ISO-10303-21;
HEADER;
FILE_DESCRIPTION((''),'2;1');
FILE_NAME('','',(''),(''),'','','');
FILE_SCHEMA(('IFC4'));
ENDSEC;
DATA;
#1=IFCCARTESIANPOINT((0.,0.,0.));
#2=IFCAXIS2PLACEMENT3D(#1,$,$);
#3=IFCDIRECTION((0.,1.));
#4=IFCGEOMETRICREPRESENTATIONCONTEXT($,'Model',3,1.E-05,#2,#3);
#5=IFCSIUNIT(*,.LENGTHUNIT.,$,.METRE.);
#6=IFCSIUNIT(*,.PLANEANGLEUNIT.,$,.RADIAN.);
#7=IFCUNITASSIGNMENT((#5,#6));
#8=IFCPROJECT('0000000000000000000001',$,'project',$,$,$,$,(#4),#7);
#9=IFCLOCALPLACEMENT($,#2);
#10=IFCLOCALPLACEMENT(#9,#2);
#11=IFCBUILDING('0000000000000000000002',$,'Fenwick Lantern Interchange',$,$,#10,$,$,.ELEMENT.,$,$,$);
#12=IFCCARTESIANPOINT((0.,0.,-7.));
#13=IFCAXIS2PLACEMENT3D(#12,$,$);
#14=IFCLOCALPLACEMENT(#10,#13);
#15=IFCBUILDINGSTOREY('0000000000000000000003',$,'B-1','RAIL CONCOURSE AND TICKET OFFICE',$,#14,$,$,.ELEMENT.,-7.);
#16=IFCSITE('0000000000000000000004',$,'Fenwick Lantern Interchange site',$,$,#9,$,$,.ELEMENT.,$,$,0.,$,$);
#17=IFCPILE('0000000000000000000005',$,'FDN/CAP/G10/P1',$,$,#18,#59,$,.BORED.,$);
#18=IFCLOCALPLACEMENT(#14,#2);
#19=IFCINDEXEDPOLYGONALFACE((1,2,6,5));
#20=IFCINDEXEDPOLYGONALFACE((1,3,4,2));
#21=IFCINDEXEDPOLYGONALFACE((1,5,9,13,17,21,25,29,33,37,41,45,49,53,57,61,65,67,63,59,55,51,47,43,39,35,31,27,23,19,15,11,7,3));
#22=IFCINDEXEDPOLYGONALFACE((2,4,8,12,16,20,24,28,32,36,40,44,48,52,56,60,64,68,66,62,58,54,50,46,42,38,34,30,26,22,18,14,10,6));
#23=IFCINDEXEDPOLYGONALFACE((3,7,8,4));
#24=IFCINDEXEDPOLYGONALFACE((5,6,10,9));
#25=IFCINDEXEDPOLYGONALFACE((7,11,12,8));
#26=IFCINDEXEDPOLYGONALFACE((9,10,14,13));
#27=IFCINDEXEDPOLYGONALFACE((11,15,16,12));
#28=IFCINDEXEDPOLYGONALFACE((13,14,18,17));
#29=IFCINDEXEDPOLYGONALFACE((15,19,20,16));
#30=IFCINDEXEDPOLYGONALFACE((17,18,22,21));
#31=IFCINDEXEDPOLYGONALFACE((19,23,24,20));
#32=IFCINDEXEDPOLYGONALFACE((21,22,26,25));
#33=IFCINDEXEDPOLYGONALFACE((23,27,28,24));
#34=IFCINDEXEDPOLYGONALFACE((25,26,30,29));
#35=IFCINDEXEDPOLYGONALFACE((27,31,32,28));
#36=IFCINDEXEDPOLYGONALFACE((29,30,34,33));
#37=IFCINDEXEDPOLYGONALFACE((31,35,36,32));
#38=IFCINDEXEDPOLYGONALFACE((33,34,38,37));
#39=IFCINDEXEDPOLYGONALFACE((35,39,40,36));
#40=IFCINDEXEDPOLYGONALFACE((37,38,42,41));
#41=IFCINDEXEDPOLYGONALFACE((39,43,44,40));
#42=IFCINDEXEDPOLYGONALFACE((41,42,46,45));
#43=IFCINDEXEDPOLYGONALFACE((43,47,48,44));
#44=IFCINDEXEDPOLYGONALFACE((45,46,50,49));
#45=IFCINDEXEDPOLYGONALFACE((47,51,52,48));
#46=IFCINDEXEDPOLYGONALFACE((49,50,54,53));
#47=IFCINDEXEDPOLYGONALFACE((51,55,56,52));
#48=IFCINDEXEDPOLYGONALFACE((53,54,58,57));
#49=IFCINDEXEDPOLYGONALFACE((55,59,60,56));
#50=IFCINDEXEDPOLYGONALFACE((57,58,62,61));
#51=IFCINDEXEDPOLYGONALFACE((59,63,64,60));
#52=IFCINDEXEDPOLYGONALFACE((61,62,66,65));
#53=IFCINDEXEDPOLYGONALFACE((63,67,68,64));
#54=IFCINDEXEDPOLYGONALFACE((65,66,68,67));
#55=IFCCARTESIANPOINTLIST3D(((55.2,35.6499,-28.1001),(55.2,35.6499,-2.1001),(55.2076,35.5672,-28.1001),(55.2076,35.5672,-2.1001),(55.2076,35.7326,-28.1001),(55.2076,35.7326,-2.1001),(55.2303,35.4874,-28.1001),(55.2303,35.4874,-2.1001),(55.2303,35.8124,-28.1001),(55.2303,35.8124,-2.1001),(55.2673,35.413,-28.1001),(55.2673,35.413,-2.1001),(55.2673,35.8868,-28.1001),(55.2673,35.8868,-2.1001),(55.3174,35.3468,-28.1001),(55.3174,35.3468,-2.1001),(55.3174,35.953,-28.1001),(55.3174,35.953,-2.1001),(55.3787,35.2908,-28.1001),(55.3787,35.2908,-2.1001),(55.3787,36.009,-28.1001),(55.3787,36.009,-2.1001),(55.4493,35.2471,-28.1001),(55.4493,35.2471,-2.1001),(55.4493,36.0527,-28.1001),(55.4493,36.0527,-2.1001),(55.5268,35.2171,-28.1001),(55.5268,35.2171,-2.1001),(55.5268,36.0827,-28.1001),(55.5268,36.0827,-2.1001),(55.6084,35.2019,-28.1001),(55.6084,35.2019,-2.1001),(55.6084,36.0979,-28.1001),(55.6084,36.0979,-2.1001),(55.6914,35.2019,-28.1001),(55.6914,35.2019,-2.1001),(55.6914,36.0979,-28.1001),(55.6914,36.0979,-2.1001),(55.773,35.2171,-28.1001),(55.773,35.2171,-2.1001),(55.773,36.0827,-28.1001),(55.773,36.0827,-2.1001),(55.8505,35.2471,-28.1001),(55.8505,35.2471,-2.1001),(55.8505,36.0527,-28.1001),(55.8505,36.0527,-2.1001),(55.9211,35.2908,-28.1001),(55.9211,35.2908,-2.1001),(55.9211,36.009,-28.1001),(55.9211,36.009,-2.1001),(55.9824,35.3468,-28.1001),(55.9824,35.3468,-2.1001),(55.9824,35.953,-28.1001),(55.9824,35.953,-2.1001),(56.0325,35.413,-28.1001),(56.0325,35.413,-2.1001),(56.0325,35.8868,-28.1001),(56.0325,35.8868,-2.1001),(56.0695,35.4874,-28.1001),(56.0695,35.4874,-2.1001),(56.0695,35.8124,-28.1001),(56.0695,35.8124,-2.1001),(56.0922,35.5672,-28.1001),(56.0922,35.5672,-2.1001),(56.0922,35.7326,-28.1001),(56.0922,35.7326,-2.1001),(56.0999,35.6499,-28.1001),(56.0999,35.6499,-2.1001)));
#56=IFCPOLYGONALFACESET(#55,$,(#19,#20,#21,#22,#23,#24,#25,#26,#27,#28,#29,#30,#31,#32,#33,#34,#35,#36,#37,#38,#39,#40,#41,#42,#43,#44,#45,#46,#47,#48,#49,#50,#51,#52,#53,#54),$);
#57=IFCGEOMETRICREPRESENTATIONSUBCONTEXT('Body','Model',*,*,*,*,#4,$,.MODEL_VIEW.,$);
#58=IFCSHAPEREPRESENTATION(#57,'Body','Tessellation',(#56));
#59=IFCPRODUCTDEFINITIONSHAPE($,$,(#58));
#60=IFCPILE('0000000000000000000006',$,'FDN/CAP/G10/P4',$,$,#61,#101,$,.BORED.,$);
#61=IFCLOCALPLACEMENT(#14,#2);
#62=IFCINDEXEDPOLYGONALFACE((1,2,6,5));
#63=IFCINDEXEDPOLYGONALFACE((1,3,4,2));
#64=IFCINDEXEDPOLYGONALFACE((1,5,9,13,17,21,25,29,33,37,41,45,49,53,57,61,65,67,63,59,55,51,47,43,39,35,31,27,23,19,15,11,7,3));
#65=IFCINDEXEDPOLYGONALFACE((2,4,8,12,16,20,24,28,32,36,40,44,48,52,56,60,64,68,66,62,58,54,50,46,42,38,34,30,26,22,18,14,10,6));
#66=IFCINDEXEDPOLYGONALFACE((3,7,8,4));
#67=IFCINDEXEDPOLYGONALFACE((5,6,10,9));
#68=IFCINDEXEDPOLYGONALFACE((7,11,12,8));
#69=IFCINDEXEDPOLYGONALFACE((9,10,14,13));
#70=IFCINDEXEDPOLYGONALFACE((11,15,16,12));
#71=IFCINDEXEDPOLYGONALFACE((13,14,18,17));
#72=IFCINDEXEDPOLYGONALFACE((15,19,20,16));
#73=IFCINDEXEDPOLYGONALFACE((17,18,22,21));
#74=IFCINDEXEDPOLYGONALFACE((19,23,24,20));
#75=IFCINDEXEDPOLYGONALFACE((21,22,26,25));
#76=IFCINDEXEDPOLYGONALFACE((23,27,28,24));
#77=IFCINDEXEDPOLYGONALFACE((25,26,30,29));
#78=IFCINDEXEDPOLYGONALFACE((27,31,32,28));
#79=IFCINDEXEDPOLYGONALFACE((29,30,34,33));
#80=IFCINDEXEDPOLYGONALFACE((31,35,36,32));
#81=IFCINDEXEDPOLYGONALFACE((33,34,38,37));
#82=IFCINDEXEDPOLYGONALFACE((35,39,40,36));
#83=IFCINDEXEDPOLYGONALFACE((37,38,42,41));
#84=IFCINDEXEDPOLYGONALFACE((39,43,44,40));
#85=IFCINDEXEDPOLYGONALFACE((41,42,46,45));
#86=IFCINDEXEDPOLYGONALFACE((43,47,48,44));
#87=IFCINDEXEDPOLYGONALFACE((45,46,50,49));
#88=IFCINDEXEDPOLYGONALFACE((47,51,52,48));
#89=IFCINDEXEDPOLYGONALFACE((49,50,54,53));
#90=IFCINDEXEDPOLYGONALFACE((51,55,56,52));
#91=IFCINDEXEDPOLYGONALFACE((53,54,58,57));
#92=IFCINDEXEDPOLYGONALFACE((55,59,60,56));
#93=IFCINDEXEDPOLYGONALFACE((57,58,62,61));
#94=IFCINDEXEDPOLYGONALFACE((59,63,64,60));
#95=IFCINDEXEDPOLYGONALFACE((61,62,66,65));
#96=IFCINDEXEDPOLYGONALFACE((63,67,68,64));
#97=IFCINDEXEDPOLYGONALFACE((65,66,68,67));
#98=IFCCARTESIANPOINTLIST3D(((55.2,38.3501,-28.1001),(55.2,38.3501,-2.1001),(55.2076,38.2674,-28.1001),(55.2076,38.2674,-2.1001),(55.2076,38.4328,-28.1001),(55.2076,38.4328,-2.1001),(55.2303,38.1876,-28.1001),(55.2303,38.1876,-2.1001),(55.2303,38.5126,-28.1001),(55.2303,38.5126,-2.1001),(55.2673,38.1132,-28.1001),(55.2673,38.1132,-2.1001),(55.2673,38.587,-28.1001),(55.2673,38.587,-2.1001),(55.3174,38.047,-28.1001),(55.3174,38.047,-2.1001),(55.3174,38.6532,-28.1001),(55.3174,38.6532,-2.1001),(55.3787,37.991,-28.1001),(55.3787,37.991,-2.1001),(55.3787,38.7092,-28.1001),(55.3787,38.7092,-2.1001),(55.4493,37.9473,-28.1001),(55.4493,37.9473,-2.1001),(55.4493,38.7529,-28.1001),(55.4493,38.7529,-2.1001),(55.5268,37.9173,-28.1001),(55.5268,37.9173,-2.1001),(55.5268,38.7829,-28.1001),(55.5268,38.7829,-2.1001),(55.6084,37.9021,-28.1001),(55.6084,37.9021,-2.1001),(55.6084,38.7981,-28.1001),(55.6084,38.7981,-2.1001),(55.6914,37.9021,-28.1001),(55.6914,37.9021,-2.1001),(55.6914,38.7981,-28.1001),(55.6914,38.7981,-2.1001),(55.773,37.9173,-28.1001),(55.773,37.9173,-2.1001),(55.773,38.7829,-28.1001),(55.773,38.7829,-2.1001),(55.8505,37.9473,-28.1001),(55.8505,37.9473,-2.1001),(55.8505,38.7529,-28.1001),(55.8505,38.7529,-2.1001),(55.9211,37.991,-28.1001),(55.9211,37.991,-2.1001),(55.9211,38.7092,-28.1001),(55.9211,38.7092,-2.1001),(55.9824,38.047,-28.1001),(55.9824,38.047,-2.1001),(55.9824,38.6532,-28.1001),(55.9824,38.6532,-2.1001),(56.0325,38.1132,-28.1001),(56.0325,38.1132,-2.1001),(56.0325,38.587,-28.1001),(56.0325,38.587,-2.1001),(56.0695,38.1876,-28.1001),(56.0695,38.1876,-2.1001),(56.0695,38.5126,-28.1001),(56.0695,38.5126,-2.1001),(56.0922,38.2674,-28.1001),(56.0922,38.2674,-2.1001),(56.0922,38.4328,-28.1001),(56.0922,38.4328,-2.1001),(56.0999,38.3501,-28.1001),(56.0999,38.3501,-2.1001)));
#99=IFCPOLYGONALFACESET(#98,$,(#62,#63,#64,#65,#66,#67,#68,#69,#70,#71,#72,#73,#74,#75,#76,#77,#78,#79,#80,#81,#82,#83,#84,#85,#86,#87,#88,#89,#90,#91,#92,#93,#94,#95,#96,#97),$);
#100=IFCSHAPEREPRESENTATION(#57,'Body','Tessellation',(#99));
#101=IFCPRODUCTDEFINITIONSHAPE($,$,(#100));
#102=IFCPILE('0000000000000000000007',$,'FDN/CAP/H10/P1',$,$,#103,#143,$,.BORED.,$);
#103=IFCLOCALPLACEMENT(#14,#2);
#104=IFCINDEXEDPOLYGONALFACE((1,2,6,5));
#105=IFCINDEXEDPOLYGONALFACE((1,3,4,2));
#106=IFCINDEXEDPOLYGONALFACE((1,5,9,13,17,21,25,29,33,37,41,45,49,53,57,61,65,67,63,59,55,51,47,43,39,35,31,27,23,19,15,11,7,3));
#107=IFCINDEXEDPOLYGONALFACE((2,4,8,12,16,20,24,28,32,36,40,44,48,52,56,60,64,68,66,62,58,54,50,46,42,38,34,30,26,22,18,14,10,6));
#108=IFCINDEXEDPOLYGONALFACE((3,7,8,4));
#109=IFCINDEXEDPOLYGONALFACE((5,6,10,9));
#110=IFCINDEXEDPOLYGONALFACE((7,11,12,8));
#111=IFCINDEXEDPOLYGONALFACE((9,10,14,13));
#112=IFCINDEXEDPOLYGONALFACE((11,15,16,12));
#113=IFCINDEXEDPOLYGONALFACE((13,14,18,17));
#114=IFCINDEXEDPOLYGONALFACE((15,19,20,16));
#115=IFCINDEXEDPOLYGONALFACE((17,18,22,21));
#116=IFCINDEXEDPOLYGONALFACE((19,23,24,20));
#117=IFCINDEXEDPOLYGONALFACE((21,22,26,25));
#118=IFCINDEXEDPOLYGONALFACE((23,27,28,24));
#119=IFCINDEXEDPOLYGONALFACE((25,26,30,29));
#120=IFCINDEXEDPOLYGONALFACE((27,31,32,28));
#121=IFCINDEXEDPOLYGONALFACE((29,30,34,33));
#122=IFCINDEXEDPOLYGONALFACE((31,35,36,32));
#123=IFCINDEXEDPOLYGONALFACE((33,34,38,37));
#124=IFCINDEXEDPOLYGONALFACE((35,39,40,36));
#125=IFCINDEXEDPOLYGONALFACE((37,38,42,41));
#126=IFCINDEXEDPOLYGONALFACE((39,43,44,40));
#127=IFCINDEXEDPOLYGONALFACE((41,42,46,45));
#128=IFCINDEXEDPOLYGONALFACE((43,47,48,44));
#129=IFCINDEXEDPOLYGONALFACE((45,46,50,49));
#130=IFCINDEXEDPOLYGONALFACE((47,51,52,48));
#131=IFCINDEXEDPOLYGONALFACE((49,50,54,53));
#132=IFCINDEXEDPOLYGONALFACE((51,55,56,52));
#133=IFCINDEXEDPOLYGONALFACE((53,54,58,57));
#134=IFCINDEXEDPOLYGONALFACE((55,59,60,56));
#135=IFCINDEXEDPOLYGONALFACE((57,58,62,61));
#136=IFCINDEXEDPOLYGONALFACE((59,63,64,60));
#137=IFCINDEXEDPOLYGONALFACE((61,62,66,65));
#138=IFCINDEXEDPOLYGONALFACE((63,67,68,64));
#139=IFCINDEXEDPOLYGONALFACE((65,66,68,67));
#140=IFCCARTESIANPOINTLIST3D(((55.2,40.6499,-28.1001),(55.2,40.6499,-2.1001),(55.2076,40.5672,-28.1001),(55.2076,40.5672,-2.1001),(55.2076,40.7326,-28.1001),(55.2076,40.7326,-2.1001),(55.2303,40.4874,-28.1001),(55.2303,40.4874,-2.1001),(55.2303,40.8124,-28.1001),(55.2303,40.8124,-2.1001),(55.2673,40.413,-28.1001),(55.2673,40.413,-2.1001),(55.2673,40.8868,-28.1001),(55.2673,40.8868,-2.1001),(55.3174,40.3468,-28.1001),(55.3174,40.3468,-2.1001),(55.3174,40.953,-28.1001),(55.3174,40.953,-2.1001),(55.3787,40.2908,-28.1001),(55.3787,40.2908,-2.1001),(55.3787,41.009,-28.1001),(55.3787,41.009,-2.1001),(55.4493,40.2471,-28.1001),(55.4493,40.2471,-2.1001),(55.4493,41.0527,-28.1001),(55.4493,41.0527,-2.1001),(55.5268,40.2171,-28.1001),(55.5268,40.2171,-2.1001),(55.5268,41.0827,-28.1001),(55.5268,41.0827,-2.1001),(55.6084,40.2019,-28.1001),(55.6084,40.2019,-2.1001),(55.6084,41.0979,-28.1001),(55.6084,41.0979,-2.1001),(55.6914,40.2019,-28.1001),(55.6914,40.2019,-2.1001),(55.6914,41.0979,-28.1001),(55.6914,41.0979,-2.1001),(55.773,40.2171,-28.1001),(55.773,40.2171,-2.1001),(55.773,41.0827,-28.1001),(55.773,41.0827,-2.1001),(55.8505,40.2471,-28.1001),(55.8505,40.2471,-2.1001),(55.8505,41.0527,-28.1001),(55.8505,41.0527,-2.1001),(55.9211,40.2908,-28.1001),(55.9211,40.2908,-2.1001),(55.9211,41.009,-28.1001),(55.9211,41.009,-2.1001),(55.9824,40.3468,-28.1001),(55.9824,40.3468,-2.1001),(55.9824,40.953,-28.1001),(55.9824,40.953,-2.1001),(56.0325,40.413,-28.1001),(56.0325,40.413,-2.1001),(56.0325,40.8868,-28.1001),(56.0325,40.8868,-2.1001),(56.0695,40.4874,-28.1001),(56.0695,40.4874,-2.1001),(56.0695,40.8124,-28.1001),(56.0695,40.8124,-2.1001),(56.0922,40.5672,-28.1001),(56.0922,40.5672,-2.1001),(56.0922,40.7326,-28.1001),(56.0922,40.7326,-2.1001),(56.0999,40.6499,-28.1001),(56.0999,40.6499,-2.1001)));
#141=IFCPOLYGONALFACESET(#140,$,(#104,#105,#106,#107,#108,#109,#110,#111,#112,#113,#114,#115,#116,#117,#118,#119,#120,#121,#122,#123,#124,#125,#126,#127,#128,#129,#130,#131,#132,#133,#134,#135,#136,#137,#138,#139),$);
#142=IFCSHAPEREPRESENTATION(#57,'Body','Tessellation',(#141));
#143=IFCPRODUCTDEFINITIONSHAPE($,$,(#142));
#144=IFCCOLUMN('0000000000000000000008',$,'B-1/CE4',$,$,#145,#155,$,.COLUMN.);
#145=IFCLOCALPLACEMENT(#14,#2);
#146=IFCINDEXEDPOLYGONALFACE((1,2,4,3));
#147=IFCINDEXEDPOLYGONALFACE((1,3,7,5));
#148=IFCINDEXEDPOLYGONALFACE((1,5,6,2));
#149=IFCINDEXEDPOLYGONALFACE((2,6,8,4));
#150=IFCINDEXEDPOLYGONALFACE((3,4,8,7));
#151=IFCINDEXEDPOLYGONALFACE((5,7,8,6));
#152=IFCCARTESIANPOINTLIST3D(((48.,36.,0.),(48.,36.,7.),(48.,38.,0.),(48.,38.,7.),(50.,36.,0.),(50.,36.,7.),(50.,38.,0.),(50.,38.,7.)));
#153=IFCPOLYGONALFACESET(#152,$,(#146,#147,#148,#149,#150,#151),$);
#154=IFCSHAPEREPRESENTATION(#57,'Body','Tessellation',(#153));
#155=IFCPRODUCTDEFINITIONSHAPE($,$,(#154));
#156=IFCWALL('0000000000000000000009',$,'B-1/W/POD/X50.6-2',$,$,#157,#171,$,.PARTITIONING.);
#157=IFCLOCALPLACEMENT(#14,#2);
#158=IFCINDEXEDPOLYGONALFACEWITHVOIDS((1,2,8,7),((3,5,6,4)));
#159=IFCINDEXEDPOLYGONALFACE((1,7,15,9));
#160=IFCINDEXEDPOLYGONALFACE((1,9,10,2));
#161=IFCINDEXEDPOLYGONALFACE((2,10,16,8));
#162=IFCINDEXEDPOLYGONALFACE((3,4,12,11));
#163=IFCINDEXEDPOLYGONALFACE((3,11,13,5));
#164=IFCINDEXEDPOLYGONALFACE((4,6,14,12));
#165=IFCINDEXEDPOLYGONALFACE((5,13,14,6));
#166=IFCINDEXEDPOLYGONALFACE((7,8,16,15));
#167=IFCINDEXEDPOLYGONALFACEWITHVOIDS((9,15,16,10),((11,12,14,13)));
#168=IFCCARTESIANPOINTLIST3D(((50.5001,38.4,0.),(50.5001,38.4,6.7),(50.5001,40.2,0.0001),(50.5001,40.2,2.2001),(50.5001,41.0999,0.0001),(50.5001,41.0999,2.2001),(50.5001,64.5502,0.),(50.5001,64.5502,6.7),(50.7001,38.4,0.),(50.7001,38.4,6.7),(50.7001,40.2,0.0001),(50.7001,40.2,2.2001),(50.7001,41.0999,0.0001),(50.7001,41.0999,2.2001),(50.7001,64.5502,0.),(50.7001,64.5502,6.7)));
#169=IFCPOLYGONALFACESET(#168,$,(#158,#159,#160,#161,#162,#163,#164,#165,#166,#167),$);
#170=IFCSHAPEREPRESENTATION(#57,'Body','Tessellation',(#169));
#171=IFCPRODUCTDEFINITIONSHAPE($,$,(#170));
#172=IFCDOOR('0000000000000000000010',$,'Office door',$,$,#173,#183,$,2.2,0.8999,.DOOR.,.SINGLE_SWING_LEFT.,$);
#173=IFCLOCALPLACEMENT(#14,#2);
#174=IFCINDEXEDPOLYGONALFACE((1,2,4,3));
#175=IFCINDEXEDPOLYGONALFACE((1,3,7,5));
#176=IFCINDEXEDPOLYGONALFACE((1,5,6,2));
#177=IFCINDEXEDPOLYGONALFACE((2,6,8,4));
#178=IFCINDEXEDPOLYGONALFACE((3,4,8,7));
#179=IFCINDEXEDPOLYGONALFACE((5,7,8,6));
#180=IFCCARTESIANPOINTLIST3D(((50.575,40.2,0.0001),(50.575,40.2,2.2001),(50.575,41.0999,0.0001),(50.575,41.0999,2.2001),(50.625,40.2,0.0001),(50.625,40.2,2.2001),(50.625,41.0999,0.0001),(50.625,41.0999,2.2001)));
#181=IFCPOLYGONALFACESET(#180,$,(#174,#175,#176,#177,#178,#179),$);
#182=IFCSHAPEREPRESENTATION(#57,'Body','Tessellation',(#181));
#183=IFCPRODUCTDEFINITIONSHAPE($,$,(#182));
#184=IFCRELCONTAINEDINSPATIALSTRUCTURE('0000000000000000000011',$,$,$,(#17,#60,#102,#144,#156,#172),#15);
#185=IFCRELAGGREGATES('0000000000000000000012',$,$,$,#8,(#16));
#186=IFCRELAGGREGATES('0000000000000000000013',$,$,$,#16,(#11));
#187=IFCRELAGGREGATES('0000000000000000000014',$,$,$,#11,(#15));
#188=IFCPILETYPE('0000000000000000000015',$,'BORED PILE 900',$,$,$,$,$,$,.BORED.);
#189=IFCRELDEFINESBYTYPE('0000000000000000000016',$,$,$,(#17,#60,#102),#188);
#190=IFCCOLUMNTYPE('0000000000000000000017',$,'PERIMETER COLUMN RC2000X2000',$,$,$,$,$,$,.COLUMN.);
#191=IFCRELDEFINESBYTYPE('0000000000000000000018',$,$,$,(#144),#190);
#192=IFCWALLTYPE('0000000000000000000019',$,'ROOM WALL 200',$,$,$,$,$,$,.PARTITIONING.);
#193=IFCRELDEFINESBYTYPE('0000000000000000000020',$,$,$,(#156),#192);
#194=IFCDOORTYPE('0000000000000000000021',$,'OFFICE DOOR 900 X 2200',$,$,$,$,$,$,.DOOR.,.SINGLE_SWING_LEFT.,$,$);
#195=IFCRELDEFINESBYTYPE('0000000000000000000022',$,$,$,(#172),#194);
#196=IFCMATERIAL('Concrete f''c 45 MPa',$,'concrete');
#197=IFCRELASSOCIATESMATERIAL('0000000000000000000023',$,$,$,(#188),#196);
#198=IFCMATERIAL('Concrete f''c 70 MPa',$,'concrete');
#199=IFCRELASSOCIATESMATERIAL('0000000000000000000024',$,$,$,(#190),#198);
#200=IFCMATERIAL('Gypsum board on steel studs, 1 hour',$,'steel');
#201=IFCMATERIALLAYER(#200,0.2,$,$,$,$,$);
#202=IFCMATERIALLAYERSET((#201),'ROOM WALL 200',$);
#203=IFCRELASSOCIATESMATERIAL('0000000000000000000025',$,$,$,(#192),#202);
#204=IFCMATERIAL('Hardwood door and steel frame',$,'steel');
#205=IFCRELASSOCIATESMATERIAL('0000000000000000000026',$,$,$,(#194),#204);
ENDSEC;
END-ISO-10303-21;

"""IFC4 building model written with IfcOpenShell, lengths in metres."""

from ifc_helpers import new_model, si_unit, direction, frame, frame_2d, origin, origin_2d, place, context, subcontext, project, spatial, rectangle, circle, extrude, material, layer, layer_set, material_profile, profile_set, type_object, element, fill, save


model = new_model("IFC4")

# Units and contexts
model_context = context("Model", 3, precision=1e-05, world=origin(), true_north=direction((0.0, 1.0)))
body_context = subcontext(model_context, "Body", "Model", "MODEL_VIEW")
ifc_project = project(units=[si_unit("LENGTHUNIT", "METRE"), si_unit("PLANEANGLEUNIT", "RADIAN")], contexts=[model_context])

# Site, building, storey
site_placement = place(None, origin())
site = spatial("IfcSite", under=ifc_project, at=site_placement, Name="Fenwick Lantern Interchange site", CompositionType="ELEMENT", RefElevation=0.0)
building_placement = place(site_placement, origin())
building = spatial("IfcBuilding", under=site, at=building_placement, Name="Fenwick Lantern Interchange", CompositionType="ELEMENT")
storey_placement = place(building_placement, frame((0.0, 0.0, -7.0)))
storey = spatial("IfcBuildingStorey", under=building, at=storey_placement, Name="B-1", Description="RAIL CONCOURSE AND TICKET OFFICE", CompositionType="ELEMENT", Elevation=-7.0)

# Piles
ifc_material_1 = material(Name="Concrete f'c 45 MPa", Category="concrete")
pile_type_1 = type_object("IfcPileType", Name="BORED PILE 900", PredefinedType="BORED", material=ifc_material_1)
for number, where, z_axis, x_axis, name in (
    (1, (55.6499, 35.6499, -2.1001), (0.0, 0.0, -1.0), (1.0, 0.0, 0.0), "FDN/CAP/G10/P1"),
    (2, (55.6499, 38.3501, -2.1001), (0.0, 0.0, -1.0), (1.0, 0.0, 0.0), "FDN/CAP/G10/P4"),
    (3, (55.6499, 40.6499, -2.1001), (0.0, 0.0, -1.0), (1.0, 0.0, 0.0), "FDN/CAP/H10/P1"),
):
    element("IfcPile", number, at=place(storey_placement, frame(where, z_axis=z_axis, x_axis=x_axis)), inside=storey, type_object=pile_type_1, Name=name, PredefinedType="BORED", context=body_context, shape_type="SweptSolid", body=[
        extrude(circle(Radius=0.45, at=origin_2d()), origin(), (0.0, 0.0, 1.0), 26.0),
    ])

# Column
ifc_material_2 = material(Name="Concrete f'c 70 MPa", Category="concrete")
ifc_material_profile = material_profile(ifc_material_2, rectangle(XDim=2.0, YDim=2.0, at=origin_2d()), Name="RC2000X2000")
ifc_profile_set = profile_set([ifc_material_profile], Name="Concrete f'c 70 MPa")
column_type = type_object("IfcColumnType", Name="PERIMETER COLUMN RC2000X2000", PredefinedType="COLUMN", material=ifc_profile_set)
column_placement = place(storey_placement, frame((49.0, 37.0, 0.0), z_axis=(0.0, 0.0, 1.0), x_axis=(1.0, 0.0, 0.0)))
element("IfcColumn", 4, at=column_placement, inside=storey, type_object=column_type, Name="B-1/CE4", PredefinedType="COLUMN", context=body_context, shape_type="SweptSolid", body=[
    extrude(rectangle(XDim=2.0, YDim=2.0, at=origin_2d()), origin(), (0.0, 0.0, 1.0), 7.0),
])

# Wall, opening, door
ifc_material_3 = material(Name="Gypsum board on steel studs, 1 hour", Category="steel")
ifc_layer_1 = layer(ifc_material_3, 0.2)
ifc_layer_set_1 = layer_set([ifc_layer_1], Name="ROOM WALL 200")
wall_type_1 = type_object("IfcWallType", Name="ROOM WALL 200", PredefinedType="PARTITIONING", material=ifc_layer_set_1)
wall_1_placement = place(storey_placement, frame((50.6001, 38.3999, 0.0), z_axis=(0.0, 0.0, 1.0), x_axis=(0.0, 1.0, 0.0)))
wall_1 = element("IfcWall", 5, at=wall_1_placement, inside=storey, type_object=wall_type_1, Name="B-1/W/POD/X50.6-2", PredefinedType="PARTITIONING", context=body_context, shape_type="SweptSolid", body=[
    extrude(rectangle(XDim=26.1501, YDim=0.2, at=frame_2d((13.0752, 0.0))), origin(), (0.0, 0.0, 1.0), 6.7),
])
opening_1_placement = place(wall_1_placement, frame((1.8, 0.0, 0.0)))
opening_1 = element("IfcOpeningElement", 6, at=opening_1_placement, cuts=wall_1, PredefinedType="OPENING", context=body_context, shape_type="SweptSolid", body=[
    extrude(rectangle(XDim=0.8999, YDim=2.2, at=frame_2d((0.45, 1.1001))), frame((0.0, 0.1099, 0.0), z_axis=(0.0, -1.0, 0.0), x_axis=(1.0, 0.0, 0.0)), (0.0, 0.0, 1.0), 0.22),
])
ifc_material_4 = material(Name="Hardwood door and steel frame", Category="steel")
door_type_1 = type_object("IfcDoorType", Name="OFFICE DOOR 900 X 2200", OperationType="SINGLE_SWING_LEFT", PredefinedType="DOOR", material=ifc_material_4)
door_1_placement = place(opening_1_placement, frame((0.8999, 0.0, 0.0), z_axis=(0.0, 0.0, 1.0), x_axis=(-1.0, 0.0, 0.0)))
door_1 = element("IfcDoor", 7, at=door_1_placement, inside=storey, type_object=door_type_1, Name="Office door", OperationType="SINGLE_SWING_LEFT", OverallHeight=2.2, OverallWidth=0.8999, PredefinedType="DOOR", context=body_context, shape_type="SweptSolid", body=[
    extrude(rectangle(XDim=0.8999, YDim=2.2, at=frame_2d((0.45, 1.1001))), frame((0.0, 0.0249, 0.0), z_axis=(0.0, -1.0, 0.0), x_axis=(1.0, 0.0, 0.0)), (0.0, 0.0, 1.0), 0.05),
])
fill(opening_1, door_1)

save(model, "model.ifc")
